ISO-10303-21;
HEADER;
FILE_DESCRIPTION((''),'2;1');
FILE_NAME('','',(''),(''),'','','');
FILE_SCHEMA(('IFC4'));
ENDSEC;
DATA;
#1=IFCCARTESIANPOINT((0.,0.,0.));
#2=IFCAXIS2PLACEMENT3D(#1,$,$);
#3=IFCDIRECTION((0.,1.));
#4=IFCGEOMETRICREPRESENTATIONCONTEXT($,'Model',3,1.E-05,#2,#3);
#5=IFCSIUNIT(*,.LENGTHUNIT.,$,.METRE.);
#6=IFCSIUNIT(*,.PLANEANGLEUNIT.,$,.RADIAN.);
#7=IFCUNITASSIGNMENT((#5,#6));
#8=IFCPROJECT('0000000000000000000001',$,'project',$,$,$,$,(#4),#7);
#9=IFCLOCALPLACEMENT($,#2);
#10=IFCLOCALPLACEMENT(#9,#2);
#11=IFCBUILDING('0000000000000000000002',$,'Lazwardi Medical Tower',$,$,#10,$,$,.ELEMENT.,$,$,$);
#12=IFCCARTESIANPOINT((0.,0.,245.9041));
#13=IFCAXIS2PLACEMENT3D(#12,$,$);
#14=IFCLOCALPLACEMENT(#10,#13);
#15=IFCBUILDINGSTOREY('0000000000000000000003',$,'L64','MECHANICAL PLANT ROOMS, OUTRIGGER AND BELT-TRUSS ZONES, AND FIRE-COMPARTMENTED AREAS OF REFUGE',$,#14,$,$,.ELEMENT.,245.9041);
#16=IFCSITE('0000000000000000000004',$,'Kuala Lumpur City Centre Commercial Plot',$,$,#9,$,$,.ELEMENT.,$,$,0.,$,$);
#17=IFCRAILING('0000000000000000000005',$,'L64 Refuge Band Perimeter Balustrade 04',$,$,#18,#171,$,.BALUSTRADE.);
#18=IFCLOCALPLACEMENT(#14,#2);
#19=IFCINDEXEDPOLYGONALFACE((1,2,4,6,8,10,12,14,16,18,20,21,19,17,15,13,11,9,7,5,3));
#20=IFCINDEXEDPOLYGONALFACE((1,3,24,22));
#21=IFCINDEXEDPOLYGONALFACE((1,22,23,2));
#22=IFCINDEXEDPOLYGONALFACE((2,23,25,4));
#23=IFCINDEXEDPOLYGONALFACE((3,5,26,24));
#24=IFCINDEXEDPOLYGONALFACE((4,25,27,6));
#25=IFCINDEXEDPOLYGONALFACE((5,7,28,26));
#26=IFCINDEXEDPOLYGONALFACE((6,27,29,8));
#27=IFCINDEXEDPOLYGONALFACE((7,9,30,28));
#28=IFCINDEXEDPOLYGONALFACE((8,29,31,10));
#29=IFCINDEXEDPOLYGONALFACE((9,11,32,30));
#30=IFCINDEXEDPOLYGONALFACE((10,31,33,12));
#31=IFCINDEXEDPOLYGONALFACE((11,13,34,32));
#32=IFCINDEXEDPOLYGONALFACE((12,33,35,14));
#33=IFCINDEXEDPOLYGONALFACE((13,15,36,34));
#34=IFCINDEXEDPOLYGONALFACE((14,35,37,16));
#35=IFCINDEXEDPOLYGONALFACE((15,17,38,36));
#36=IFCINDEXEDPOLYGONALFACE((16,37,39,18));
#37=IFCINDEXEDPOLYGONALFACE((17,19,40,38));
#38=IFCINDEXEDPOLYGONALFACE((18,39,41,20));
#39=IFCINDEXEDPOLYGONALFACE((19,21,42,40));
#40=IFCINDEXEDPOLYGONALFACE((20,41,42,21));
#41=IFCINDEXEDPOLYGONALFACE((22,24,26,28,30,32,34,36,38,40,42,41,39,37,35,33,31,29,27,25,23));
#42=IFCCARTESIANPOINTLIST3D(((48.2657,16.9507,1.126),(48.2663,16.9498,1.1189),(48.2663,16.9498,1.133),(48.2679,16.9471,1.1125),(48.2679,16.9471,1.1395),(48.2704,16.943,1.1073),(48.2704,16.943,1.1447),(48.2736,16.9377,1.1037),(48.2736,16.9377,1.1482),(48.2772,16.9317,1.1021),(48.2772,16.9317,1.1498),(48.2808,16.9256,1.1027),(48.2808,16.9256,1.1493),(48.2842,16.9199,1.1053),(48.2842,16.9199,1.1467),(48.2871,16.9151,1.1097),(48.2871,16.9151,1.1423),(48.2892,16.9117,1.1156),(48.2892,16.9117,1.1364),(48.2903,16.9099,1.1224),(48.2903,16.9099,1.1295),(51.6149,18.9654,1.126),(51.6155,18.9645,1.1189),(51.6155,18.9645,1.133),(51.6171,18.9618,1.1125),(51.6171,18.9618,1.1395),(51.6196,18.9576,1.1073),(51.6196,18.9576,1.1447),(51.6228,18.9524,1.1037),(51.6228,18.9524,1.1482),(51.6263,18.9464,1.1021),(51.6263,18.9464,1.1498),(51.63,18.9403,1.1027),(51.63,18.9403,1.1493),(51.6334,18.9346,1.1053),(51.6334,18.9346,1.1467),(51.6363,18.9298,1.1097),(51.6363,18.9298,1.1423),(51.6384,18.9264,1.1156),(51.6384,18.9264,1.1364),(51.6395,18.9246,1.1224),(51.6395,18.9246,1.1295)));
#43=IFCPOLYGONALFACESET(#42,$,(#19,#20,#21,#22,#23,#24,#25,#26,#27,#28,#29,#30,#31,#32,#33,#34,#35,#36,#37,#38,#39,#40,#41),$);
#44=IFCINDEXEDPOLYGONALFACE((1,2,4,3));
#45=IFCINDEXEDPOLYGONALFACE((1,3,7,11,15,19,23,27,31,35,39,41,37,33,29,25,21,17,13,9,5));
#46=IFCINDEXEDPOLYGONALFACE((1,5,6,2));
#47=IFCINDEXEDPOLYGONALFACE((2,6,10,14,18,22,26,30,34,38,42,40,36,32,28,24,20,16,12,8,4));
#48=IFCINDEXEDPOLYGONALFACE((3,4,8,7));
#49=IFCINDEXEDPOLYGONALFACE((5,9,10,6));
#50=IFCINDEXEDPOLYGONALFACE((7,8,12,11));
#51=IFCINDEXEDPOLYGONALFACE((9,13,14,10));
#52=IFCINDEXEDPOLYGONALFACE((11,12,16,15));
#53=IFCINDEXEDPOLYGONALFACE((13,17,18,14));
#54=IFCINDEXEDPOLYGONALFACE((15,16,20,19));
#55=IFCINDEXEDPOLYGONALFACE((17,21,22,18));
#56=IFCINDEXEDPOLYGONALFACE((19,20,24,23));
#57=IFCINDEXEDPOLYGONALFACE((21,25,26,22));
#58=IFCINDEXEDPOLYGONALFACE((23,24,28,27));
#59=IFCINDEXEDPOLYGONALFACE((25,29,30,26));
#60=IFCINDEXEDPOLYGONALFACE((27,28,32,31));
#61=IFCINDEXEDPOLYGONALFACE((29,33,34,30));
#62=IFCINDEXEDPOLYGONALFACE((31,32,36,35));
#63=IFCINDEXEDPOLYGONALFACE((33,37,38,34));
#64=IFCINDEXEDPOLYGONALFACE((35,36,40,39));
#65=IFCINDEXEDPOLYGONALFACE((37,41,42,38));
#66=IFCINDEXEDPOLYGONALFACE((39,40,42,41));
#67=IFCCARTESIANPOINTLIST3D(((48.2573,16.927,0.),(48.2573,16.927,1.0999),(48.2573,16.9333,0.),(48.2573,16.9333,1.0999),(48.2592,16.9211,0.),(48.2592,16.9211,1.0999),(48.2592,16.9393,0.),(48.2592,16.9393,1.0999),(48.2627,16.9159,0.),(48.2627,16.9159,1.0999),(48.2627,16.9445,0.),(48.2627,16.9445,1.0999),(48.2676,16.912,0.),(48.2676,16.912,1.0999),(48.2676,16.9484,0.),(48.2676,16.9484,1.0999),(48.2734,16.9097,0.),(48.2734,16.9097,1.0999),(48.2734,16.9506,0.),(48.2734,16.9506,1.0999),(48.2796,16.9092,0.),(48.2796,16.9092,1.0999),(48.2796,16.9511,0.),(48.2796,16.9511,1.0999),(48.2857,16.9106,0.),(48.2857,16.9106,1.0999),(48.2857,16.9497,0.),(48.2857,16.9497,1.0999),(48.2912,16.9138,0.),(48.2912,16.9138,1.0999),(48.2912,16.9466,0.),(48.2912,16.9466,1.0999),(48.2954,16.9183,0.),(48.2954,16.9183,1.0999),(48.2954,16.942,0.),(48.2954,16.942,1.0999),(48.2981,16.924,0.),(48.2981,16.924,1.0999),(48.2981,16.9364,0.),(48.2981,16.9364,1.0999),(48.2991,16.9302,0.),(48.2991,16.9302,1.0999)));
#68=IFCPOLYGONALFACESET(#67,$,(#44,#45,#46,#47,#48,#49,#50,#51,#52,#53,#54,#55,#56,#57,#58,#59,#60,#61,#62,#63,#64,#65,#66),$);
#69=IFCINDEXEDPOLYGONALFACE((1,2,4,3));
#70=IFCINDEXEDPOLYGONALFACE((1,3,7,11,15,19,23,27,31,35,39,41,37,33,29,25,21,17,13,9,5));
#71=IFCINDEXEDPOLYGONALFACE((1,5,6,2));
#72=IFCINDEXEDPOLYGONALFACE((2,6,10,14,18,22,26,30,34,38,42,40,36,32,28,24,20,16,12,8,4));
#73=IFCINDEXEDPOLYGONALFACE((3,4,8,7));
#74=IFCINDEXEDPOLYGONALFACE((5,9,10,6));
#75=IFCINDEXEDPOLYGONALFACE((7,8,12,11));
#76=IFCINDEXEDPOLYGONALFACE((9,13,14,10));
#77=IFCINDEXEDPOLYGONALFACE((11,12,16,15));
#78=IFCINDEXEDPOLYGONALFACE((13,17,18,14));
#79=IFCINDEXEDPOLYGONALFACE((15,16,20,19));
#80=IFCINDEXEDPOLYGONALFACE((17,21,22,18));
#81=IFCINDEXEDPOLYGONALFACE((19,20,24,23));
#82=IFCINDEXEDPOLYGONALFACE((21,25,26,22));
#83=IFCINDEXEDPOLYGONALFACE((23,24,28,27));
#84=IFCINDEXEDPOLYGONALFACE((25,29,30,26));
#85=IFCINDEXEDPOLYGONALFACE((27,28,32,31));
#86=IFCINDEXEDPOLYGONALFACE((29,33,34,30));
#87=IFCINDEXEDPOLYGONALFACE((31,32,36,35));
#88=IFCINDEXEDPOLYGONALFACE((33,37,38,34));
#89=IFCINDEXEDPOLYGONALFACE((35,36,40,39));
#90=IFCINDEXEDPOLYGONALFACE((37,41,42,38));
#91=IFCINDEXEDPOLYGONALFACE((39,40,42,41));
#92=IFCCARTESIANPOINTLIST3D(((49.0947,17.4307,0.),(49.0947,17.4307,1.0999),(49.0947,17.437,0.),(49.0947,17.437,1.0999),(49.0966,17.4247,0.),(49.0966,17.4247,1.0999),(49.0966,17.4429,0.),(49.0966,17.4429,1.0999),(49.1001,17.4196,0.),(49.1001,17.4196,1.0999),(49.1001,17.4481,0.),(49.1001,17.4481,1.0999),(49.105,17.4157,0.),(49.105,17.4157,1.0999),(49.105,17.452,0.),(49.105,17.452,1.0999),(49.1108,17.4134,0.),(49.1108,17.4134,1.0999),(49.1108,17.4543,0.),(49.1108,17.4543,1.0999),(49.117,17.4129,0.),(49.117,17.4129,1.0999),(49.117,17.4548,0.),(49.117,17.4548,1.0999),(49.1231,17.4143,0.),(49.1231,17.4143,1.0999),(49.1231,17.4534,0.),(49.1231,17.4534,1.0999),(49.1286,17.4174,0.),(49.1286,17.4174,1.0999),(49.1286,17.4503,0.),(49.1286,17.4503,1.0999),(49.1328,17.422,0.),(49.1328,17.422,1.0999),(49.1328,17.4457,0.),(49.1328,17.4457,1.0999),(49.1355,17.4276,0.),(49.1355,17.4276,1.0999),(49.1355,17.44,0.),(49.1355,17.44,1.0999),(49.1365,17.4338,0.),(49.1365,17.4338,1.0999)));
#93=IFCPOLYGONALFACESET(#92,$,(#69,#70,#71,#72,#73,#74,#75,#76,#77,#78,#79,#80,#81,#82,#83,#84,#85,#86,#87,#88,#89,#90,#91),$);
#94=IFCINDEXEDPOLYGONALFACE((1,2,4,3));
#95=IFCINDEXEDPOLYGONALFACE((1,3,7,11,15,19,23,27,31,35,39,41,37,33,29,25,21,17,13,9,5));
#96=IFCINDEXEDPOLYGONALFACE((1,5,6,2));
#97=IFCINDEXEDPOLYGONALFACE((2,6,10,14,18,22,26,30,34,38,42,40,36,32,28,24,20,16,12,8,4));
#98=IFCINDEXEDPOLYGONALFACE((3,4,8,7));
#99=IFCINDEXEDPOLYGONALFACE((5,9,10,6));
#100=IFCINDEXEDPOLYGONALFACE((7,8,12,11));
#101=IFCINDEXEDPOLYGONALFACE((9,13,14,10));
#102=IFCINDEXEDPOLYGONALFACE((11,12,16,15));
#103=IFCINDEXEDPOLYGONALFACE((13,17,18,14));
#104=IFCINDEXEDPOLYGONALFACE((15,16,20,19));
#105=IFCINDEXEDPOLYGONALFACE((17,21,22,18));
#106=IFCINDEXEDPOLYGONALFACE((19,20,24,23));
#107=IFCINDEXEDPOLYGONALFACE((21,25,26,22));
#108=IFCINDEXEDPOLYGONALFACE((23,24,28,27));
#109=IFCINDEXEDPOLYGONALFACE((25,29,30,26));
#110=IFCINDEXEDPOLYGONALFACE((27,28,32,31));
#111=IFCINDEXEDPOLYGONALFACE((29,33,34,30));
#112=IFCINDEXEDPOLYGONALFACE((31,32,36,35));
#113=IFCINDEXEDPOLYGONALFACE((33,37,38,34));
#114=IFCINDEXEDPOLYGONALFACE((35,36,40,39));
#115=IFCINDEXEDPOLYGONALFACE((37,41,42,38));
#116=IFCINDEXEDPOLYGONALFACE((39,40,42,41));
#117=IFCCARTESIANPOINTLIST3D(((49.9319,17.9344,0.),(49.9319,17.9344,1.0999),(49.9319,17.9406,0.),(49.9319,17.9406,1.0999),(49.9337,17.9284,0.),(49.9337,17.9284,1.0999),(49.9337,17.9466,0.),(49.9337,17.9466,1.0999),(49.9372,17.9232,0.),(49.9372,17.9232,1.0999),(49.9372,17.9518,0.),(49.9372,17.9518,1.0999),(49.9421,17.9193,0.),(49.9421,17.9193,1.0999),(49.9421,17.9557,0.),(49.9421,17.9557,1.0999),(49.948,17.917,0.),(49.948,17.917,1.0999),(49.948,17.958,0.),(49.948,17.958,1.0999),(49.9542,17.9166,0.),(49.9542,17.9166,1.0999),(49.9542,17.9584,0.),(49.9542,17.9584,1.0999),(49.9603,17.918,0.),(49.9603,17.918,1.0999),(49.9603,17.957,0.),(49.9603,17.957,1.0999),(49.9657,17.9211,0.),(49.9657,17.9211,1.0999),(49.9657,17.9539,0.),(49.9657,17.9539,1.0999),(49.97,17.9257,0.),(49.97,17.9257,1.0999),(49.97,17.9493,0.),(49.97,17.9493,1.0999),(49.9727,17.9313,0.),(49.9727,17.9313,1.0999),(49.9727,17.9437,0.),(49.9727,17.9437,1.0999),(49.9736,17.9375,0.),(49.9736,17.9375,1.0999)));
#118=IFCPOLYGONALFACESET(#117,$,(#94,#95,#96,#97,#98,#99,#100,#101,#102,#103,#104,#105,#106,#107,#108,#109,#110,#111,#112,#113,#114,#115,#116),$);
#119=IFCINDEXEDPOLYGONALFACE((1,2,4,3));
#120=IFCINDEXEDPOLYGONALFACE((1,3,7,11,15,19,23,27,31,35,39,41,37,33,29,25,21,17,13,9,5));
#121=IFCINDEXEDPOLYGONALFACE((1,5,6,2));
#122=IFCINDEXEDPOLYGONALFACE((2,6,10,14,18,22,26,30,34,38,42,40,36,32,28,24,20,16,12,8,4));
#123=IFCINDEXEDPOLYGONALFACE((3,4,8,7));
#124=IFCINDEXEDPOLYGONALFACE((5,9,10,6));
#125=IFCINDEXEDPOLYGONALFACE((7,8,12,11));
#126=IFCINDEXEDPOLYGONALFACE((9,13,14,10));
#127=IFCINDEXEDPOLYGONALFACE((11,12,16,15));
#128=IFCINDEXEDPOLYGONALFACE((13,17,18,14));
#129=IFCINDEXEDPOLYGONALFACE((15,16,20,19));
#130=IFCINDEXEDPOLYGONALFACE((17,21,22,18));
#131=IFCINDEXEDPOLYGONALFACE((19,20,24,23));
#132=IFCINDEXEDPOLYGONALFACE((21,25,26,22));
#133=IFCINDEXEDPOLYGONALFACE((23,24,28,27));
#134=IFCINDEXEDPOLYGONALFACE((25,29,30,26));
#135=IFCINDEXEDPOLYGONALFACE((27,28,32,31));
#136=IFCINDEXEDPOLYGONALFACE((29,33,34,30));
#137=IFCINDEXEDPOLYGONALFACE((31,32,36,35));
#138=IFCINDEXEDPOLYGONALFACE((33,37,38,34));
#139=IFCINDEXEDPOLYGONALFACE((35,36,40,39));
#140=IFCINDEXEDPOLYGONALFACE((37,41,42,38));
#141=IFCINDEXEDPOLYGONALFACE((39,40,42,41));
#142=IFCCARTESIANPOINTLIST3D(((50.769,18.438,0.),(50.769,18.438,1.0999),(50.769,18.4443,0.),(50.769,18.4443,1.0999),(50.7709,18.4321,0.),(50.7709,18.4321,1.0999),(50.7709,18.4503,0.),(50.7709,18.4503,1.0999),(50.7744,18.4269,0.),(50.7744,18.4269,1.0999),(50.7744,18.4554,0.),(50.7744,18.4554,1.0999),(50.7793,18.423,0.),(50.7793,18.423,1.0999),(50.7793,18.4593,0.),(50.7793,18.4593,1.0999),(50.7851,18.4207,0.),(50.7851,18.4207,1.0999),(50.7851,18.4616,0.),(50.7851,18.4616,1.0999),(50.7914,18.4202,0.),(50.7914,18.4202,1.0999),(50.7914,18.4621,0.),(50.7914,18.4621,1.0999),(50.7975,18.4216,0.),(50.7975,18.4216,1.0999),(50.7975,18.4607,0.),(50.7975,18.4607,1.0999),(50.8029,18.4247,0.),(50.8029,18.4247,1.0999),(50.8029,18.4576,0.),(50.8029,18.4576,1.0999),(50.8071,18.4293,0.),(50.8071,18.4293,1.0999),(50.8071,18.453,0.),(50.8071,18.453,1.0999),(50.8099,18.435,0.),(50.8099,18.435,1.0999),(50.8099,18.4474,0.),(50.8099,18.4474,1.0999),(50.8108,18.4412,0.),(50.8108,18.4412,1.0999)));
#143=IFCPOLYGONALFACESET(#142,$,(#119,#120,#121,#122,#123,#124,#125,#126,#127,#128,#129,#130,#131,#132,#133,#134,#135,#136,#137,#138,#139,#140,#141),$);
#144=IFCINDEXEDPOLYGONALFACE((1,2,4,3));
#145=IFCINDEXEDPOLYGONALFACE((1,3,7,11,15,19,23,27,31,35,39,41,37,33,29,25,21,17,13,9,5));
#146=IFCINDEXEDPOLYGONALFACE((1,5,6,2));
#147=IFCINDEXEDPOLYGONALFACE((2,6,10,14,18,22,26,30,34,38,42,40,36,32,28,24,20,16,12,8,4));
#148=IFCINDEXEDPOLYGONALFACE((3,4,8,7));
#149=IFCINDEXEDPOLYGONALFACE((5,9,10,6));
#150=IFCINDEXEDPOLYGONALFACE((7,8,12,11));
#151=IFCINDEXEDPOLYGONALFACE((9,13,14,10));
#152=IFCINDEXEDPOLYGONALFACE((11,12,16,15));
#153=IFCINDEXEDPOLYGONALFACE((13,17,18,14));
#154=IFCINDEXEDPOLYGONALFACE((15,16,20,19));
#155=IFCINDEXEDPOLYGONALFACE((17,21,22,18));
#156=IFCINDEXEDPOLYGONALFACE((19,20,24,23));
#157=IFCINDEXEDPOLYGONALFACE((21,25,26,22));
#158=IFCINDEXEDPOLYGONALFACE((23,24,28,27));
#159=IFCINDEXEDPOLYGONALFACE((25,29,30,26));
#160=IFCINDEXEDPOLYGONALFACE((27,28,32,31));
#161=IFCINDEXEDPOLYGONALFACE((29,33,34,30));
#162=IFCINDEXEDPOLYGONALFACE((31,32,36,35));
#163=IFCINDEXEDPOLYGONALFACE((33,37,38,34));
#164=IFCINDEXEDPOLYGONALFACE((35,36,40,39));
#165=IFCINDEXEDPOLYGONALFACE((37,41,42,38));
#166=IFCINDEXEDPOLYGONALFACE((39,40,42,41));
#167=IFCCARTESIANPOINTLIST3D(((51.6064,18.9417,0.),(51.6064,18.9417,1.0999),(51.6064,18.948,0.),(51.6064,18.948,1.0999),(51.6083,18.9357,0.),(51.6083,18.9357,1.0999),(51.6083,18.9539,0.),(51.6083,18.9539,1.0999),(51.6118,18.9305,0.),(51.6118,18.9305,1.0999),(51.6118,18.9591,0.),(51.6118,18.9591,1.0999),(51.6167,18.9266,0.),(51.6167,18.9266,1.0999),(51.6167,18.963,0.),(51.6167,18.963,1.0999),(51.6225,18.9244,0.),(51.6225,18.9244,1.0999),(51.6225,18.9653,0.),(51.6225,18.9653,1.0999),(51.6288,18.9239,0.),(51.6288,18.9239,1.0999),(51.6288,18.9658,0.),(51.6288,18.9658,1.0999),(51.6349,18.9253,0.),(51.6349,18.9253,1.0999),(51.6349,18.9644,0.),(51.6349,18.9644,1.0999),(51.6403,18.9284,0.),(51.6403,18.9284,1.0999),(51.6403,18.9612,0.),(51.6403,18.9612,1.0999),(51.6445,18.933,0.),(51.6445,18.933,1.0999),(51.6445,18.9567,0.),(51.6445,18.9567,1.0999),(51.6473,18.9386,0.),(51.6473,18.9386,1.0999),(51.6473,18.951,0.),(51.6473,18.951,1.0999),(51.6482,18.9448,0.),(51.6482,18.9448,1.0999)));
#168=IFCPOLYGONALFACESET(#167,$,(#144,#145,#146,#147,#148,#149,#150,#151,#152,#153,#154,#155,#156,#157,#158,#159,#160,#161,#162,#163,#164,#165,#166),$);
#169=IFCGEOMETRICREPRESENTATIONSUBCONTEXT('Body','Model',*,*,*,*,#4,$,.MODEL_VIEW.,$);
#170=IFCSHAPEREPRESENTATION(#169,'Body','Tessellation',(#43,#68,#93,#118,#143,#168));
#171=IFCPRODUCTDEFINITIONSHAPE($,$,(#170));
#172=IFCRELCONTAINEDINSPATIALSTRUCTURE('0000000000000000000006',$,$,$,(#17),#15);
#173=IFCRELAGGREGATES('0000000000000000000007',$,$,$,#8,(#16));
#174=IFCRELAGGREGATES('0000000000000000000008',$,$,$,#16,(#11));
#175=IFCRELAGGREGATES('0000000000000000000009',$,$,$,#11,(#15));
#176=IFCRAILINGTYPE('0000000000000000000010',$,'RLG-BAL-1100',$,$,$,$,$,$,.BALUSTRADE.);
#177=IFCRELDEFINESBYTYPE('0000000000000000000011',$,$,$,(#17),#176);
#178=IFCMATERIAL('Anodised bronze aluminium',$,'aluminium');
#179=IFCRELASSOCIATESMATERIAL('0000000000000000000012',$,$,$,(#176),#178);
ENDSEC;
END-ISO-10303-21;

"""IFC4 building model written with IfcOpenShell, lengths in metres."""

from ifc_helpers import new_model, si_unit, direction, frame, origin, origin_2d, place, context, subcontext, project, spatial, circle, extrude, material, type_object, element, save


model = new_model("IFC4")

# Units and contexts
model_context = context("Model", 3, precision=1e-05, world=origin(), true_north=direction((0.0, 1.0)))
body_context = subcontext(model_context, "Body", "Model", "MODEL_VIEW")
ifc_project = project(units=[si_unit("LENGTHUNIT", "METRE"), si_unit("PLANEANGLEUNIT", "RADIAN")], contexts=[model_context])

# Site, building, storey
site_placement = place(None, origin())
site = spatial("IfcSite", under=ifc_project, at=site_placement, Name="Kuala Lumpur City Centre Commercial Plot", CompositionType="ELEMENT", RefElevation=0.0)
building_placement = place(site_placement, origin())
building = spatial("IfcBuilding", under=site, at=building_placement, Name="Lazwardi Medical Tower", CompositionType="ELEMENT")
storey_placement = place(building_placement, frame((0.0, 0.0, 245.9041)))
storey = spatial("IfcBuildingStorey", under=building, at=storey_placement, Name="L64", Description="MECHANICAL PLANT ROOMS, OUTRIGGER AND BELT-TRUSS ZONES, AND FIRE-COMPARTMENTED AREAS OF REFUGE", CompositionType="ELEMENT", Elevation=245.9041)

# Railing
ifc_material_1 = material(Name="Anodised bronze aluminium", Category="aluminium")
railing_type = type_object("IfcRailingType", Name="RLG-BAL-1100", PredefinedType="BALUSTRADE", material=ifc_material_1)
railing_1_placement = place(storey_placement, frame((48.2781, 16.9302, 0.0)))
element("IfcRailing", 1, at=railing_1_placement, inside=storey, type_object=railing_type, Name="L64 Refuge Band Perimeter Balustrade 04", PredefinedType="BALUSTRADE", context=body_context, shape_type="SweptSolid", body=[
    extrude(circle(Radius=0.0239, at=origin_2d()), frame((0.0, 0.0, 1.126), z_axis=(0.856908, 0.515469, 0.0), x_axis=(-0.515469, 0.856908, 0.0)), (0.0, 0.0, 1.0), 3.9084),
    extrude(circle(Radius=0.021, at=origin_2d()), origin(), (0.0, 0.0, 1.0), 1.0999),
    extrude(circle(Radius=0.021, at=origin_2d()), frame((0.8374, 0.5037, 0.0)), (0.0, 0.0, 1.0), 1.0999),
    extrude(circle(Radius=0.021, at=origin_2d()), frame((1.6746, 1.0073, 0.0)), (0.0, 0.0, 1.0), 1.0999),
    extrude(circle(Radius=0.021, at=origin_2d()), frame((2.5117, 1.511, 0.0)), (0.0, 0.0, 1.0), 1.0999),
    extrude(circle(Radius=0.021, at=origin_2d()), frame((3.3491, 2.0146, 0.0)), (0.0, 0.0, 1.0), 1.0999),
])

save(model, "model.ifc")
